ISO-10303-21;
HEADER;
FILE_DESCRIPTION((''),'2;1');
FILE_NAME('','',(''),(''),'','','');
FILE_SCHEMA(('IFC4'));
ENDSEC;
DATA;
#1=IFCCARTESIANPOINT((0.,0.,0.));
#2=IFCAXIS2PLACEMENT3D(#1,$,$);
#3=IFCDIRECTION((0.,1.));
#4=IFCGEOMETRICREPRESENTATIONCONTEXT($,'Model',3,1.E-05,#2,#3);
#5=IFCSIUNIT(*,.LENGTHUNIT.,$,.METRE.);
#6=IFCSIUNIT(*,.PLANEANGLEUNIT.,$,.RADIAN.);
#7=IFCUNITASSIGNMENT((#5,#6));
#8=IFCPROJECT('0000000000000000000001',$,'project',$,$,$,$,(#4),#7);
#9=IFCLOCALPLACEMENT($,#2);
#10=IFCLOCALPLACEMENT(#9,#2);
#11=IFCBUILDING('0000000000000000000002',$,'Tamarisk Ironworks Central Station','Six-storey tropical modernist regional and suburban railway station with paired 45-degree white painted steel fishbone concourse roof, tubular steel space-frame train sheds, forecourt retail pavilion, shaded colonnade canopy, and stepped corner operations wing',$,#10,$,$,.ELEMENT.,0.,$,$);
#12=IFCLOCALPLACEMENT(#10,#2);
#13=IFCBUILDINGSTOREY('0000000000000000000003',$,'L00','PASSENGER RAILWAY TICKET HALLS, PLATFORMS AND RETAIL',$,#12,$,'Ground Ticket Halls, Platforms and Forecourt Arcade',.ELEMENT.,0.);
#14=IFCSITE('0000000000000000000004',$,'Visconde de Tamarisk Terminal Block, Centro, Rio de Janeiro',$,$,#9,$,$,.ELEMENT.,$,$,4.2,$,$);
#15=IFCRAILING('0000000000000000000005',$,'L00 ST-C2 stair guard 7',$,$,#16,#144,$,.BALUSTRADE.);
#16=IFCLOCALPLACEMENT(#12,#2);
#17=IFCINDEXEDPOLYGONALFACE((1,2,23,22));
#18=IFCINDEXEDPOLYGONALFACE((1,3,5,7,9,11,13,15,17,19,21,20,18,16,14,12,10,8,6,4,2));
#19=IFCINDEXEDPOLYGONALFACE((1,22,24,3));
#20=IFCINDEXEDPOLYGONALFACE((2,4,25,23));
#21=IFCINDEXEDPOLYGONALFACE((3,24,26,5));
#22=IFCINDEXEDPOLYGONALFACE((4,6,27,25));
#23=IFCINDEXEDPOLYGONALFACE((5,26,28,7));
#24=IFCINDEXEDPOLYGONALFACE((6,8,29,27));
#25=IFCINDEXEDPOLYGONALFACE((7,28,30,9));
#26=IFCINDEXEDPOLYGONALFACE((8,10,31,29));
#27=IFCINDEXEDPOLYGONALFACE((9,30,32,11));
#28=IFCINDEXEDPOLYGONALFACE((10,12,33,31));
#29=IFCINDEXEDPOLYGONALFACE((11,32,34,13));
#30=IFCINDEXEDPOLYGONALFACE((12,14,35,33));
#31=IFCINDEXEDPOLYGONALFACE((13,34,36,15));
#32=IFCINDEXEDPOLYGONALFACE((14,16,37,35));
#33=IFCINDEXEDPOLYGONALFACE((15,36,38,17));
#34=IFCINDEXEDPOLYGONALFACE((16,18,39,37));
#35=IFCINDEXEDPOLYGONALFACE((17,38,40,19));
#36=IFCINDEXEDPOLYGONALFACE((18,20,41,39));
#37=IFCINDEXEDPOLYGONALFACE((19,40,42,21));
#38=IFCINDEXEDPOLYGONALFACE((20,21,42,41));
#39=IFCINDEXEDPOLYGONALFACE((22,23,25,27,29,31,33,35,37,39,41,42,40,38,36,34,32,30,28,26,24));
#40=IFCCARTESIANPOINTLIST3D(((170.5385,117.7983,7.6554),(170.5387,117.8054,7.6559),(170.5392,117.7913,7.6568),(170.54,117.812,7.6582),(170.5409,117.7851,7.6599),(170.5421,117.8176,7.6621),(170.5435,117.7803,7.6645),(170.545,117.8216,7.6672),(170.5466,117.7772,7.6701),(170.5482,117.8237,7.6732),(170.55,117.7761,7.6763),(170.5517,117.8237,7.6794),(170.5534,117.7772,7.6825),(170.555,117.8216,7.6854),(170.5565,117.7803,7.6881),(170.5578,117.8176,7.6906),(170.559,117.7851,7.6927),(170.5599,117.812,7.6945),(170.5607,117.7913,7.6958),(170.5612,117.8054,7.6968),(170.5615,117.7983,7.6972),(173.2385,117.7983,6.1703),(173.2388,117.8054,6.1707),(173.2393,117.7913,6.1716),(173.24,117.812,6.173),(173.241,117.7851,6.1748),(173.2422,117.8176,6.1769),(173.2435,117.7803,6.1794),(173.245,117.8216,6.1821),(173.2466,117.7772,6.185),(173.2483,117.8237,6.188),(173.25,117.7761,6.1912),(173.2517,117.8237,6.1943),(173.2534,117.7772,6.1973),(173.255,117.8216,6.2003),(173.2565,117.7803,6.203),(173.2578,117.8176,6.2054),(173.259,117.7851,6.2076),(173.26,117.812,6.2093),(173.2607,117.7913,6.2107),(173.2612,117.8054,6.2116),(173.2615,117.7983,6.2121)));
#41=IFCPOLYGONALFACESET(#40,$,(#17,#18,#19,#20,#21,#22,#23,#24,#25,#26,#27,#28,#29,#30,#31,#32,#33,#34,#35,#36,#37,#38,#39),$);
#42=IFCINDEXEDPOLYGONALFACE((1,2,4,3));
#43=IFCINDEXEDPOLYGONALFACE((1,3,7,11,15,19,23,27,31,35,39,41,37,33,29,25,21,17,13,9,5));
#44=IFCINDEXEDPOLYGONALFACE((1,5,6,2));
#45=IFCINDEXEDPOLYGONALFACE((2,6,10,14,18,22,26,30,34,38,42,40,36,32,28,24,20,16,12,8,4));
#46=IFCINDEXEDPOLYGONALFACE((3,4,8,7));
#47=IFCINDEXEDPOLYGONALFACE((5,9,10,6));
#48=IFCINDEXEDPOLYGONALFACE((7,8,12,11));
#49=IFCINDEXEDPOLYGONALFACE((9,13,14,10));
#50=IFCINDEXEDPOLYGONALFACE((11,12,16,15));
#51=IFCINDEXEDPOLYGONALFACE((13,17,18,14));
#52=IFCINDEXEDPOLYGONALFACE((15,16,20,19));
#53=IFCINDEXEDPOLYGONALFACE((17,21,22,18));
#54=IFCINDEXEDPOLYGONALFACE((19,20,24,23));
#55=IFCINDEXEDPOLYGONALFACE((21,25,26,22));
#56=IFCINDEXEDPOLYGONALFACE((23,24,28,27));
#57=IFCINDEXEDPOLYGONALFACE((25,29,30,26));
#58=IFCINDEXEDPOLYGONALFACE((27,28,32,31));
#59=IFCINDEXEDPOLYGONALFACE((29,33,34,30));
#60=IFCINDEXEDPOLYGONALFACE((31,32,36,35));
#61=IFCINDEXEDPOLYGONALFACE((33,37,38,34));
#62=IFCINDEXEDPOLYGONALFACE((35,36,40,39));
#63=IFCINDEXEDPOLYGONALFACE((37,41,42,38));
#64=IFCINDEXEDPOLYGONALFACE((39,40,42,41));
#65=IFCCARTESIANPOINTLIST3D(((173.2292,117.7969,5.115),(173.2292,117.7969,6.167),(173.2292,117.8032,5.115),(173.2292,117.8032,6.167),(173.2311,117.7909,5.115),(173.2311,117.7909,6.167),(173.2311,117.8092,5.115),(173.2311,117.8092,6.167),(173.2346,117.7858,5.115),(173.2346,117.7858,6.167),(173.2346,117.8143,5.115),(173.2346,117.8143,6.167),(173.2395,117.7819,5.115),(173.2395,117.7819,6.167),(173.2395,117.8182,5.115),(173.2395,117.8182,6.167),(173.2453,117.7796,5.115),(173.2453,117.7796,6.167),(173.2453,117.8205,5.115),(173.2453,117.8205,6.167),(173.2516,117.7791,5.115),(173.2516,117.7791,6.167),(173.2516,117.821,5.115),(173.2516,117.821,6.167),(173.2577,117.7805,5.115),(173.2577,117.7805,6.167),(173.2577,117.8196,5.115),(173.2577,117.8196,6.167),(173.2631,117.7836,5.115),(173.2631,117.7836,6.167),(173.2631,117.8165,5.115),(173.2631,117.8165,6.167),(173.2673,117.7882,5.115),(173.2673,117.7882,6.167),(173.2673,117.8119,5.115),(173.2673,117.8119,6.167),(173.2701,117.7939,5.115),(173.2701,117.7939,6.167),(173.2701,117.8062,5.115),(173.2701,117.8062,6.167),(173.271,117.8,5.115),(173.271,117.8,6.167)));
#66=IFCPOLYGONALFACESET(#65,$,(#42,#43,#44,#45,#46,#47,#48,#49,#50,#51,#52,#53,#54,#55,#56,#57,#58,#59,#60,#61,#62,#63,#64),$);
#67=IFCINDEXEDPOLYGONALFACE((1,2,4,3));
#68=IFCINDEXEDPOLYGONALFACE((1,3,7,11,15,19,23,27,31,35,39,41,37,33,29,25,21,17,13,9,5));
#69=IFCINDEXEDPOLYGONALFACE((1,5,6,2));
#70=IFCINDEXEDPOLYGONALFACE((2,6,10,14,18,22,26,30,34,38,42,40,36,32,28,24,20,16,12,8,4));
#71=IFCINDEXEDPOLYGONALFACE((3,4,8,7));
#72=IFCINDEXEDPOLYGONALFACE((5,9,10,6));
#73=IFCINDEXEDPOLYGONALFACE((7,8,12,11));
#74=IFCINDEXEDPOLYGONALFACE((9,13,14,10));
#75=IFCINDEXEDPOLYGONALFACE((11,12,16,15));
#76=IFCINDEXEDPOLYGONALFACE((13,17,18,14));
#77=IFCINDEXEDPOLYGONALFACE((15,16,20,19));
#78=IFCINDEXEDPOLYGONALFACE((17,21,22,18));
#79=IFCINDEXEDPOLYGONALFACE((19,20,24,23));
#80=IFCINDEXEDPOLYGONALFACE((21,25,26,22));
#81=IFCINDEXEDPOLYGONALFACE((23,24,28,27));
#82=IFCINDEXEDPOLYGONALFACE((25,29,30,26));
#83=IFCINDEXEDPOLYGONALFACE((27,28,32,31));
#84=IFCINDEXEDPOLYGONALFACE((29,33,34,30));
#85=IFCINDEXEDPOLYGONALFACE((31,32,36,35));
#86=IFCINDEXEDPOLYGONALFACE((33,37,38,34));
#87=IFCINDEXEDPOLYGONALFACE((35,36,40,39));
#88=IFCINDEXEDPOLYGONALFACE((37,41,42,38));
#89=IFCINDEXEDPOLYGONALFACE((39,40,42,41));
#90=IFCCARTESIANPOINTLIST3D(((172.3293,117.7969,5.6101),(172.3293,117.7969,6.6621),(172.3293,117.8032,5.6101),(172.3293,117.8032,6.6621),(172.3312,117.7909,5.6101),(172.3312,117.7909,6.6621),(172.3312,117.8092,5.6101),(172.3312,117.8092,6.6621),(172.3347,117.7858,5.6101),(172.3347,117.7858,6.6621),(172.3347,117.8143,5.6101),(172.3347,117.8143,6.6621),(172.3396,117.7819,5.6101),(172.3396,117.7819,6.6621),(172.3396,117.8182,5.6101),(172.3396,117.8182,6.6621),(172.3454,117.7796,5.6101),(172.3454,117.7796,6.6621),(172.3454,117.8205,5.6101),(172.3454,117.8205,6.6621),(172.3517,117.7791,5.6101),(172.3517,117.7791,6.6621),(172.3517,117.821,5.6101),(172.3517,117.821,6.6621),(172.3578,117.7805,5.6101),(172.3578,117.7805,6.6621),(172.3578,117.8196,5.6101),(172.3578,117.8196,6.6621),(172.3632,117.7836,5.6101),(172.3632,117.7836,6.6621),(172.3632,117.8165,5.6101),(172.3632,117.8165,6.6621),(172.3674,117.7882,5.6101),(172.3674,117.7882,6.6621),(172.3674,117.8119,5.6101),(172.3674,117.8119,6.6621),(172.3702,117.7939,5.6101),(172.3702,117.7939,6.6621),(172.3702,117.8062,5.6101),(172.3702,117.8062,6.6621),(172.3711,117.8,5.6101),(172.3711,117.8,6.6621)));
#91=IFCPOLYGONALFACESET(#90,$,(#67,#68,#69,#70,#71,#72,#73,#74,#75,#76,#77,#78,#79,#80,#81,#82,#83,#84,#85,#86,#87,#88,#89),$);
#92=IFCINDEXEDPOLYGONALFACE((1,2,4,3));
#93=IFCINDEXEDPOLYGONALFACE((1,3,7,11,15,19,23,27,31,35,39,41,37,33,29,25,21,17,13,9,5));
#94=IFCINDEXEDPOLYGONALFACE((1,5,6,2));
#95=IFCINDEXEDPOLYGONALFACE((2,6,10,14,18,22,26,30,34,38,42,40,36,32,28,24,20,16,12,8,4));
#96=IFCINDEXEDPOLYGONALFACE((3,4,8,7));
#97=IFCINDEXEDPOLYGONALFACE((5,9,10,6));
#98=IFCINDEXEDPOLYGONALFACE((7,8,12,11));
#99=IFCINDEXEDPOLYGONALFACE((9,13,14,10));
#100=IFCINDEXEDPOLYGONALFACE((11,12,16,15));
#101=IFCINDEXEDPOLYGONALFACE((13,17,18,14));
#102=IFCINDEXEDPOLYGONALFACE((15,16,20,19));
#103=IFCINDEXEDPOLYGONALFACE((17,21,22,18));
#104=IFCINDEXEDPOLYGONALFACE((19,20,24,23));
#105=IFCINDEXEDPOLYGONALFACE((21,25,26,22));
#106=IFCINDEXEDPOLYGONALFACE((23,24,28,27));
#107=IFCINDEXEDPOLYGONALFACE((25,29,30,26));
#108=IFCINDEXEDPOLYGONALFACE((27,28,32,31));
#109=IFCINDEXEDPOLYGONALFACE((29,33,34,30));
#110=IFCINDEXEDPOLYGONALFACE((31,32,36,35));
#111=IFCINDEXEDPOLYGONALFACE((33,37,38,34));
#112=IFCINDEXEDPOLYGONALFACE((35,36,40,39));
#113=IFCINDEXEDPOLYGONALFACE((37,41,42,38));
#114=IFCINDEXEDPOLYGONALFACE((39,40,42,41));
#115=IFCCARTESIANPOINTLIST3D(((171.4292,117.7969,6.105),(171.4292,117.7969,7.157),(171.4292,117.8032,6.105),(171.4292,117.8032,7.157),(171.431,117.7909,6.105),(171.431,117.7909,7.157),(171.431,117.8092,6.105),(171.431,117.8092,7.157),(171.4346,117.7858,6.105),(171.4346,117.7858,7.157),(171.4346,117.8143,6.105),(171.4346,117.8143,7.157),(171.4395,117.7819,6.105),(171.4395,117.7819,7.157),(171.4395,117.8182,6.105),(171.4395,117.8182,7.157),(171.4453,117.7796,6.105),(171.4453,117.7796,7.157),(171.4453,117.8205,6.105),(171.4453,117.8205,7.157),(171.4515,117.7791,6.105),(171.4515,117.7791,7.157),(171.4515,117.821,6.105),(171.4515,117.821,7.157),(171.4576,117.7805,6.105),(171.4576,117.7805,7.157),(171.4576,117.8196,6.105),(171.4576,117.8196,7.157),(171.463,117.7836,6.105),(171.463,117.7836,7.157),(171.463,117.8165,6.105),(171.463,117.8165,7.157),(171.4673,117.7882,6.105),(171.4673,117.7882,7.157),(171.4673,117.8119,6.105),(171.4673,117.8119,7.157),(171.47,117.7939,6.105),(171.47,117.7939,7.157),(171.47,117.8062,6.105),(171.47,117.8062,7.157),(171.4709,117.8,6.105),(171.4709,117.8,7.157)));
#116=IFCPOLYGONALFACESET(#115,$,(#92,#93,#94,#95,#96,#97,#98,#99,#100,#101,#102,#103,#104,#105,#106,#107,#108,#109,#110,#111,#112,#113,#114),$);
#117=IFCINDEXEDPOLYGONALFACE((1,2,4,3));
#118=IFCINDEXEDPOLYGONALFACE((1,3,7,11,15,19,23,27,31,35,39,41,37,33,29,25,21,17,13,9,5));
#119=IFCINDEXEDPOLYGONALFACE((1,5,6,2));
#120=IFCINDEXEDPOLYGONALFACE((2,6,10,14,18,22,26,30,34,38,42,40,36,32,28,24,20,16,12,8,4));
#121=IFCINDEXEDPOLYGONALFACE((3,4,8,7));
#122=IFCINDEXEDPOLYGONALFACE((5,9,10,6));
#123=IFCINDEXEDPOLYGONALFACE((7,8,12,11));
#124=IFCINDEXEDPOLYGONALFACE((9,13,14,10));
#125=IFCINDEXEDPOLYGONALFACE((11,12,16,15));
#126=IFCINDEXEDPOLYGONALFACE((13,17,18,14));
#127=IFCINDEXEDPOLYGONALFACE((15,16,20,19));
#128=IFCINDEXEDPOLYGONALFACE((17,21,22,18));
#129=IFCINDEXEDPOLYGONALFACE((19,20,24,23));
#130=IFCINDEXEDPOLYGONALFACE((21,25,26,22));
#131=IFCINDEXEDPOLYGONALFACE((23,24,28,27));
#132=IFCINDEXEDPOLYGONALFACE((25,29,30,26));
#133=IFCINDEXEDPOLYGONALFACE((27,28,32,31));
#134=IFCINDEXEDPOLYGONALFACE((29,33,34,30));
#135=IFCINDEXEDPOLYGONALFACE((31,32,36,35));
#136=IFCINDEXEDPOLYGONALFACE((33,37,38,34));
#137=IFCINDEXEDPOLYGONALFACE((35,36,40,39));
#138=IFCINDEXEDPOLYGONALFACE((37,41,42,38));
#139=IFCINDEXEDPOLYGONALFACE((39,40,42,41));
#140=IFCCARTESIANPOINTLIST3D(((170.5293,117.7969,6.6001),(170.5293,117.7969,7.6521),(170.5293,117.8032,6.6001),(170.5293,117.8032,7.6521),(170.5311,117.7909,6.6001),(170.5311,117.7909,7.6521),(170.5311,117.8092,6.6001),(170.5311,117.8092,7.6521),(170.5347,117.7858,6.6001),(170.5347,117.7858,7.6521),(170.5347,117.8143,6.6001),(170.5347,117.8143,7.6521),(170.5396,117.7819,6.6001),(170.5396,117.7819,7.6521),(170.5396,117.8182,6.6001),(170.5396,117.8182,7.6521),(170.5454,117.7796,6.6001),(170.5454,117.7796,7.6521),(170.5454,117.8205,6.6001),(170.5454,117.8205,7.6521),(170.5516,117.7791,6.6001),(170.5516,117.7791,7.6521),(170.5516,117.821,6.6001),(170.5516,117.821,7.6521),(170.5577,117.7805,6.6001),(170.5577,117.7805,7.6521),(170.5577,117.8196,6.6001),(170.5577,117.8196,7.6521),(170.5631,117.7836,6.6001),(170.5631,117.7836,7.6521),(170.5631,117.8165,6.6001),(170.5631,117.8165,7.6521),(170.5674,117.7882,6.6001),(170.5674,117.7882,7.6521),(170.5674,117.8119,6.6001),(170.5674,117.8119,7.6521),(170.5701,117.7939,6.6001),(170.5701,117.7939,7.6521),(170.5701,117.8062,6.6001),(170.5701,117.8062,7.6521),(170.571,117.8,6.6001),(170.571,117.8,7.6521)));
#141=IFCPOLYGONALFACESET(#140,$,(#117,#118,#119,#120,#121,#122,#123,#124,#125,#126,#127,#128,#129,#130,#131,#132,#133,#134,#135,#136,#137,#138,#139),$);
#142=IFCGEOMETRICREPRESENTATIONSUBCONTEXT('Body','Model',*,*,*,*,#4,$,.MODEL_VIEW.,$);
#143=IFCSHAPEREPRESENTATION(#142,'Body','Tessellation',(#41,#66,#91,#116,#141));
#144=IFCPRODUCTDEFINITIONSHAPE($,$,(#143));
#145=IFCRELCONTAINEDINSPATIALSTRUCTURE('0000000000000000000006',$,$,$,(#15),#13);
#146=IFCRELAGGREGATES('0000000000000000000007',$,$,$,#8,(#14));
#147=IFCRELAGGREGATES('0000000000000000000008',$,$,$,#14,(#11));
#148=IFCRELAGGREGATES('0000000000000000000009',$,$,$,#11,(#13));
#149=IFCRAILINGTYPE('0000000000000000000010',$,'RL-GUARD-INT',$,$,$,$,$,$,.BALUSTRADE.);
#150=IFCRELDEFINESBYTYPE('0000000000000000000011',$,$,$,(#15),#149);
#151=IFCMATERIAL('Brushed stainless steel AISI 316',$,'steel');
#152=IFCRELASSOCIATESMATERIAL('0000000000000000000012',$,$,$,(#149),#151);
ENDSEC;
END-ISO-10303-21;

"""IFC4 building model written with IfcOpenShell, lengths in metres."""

from ifc_helpers import new_model, si_unit, direction, frame, origin, origin_2d, place, context, subcontext, project, spatial, circle, extrude, material, type_object, element, save


model = new_model("IFC4")

# Units and contexts
model_context = context("Model", 3, precision=1e-05, world=origin(), true_north=direction((0.0, 1.0)))
body_context = subcontext(model_context, "Body", "Model", "MODEL_VIEW")
ifc_project = project(units=[si_unit("LENGTHUNIT", "METRE"), si_unit("PLANEANGLEUNIT", "RADIAN")], contexts=[model_context])

# Site, building, storey
site_placement = place(None, origin())
site = spatial("IfcSite", under=ifc_project, at=site_placement, Name="Visconde de Tamarisk Terminal Block, Centro, Rio de Janeiro", CompositionType="ELEMENT", RefElevation=4.2)
building_placement = place(site_placement, origin())
building = spatial("IfcBuilding", under=site, at=building_placement, Name="Tamarisk Ironworks Central Station", Description="Six-storey tropical modernist regional and suburban railway station with paired 45-degree white painted steel fishbone concourse roof, tubular steel space-frame train sheds, forecourt retail pavilion, shaded colonnade canopy, and stepped corner operations wing", CompositionType="ELEMENT", ElevationOfRefHeight=0.0)
storey_placement = place(building_placement, origin())
storey = spatial("IfcBuildingStorey", under=building, at=storey_placement, Name="L00", Description="PASSENGER RAILWAY TICKET HALLS, PLATFORMS AND RETAIL", LongName="Ground Ticket Halls, Platforms and Forecourt Arcade", CompositionType="ELEMENT", Elevation=0.0)

# Railing
ifc_material_1 = material(Name="Brushed stainless steel AISI 316", Category="steel")
railing_type_1 = type_object("IfcRailingType", Name="RL-GUARD-INT", PredefinedType="BALUSTRADE", material=ifc_material_1)
railing_1_placement = place(storey_placement, frame((173.25, 117.8, 5.115)))
element("IfcRailing", 1, at=railing_1_placement, inside=storey, type_object=railing_type_1, Name="L00 ST-C2 stair guard 7", PredefinedType="BALUSTRADE", context=body_context, shape_type="SweptSolid", body=[
    extrude(circle(Radius=0.0239, at=origin_2d()), frame((0.0, 0.0, 1.0762), z_axis=(-0.876198, 0.0, 0.481952), x_axis=(0.0, -1.0, 0.0)), (0.0, 0.0, 1.0), 3.0815),
    extrude(circle(Radius=0.021, at=origin_2d()), origin(), (0.0, 0.0, 1.0), 1.052),
    extrude(circle(Radius=0.021, at=origin_2d()), frame((-0.8999, 0.0, 0.4951)), (0.0, 0.0, 1.0), 1.052),
    extrude(circle(Radius=0.021, at=origin_2d()), frame((-1.8, 0.0, 0.99)), (0.0, 0.0, 1.0), 1.052),
    extrude(circle(Radius=0.021, at=origin_2d()), frame((-2.7, 0.0, 1.4851)), (0.0, 0.0, 1.0), 1.052),
])

save(model, "model.ifc")
